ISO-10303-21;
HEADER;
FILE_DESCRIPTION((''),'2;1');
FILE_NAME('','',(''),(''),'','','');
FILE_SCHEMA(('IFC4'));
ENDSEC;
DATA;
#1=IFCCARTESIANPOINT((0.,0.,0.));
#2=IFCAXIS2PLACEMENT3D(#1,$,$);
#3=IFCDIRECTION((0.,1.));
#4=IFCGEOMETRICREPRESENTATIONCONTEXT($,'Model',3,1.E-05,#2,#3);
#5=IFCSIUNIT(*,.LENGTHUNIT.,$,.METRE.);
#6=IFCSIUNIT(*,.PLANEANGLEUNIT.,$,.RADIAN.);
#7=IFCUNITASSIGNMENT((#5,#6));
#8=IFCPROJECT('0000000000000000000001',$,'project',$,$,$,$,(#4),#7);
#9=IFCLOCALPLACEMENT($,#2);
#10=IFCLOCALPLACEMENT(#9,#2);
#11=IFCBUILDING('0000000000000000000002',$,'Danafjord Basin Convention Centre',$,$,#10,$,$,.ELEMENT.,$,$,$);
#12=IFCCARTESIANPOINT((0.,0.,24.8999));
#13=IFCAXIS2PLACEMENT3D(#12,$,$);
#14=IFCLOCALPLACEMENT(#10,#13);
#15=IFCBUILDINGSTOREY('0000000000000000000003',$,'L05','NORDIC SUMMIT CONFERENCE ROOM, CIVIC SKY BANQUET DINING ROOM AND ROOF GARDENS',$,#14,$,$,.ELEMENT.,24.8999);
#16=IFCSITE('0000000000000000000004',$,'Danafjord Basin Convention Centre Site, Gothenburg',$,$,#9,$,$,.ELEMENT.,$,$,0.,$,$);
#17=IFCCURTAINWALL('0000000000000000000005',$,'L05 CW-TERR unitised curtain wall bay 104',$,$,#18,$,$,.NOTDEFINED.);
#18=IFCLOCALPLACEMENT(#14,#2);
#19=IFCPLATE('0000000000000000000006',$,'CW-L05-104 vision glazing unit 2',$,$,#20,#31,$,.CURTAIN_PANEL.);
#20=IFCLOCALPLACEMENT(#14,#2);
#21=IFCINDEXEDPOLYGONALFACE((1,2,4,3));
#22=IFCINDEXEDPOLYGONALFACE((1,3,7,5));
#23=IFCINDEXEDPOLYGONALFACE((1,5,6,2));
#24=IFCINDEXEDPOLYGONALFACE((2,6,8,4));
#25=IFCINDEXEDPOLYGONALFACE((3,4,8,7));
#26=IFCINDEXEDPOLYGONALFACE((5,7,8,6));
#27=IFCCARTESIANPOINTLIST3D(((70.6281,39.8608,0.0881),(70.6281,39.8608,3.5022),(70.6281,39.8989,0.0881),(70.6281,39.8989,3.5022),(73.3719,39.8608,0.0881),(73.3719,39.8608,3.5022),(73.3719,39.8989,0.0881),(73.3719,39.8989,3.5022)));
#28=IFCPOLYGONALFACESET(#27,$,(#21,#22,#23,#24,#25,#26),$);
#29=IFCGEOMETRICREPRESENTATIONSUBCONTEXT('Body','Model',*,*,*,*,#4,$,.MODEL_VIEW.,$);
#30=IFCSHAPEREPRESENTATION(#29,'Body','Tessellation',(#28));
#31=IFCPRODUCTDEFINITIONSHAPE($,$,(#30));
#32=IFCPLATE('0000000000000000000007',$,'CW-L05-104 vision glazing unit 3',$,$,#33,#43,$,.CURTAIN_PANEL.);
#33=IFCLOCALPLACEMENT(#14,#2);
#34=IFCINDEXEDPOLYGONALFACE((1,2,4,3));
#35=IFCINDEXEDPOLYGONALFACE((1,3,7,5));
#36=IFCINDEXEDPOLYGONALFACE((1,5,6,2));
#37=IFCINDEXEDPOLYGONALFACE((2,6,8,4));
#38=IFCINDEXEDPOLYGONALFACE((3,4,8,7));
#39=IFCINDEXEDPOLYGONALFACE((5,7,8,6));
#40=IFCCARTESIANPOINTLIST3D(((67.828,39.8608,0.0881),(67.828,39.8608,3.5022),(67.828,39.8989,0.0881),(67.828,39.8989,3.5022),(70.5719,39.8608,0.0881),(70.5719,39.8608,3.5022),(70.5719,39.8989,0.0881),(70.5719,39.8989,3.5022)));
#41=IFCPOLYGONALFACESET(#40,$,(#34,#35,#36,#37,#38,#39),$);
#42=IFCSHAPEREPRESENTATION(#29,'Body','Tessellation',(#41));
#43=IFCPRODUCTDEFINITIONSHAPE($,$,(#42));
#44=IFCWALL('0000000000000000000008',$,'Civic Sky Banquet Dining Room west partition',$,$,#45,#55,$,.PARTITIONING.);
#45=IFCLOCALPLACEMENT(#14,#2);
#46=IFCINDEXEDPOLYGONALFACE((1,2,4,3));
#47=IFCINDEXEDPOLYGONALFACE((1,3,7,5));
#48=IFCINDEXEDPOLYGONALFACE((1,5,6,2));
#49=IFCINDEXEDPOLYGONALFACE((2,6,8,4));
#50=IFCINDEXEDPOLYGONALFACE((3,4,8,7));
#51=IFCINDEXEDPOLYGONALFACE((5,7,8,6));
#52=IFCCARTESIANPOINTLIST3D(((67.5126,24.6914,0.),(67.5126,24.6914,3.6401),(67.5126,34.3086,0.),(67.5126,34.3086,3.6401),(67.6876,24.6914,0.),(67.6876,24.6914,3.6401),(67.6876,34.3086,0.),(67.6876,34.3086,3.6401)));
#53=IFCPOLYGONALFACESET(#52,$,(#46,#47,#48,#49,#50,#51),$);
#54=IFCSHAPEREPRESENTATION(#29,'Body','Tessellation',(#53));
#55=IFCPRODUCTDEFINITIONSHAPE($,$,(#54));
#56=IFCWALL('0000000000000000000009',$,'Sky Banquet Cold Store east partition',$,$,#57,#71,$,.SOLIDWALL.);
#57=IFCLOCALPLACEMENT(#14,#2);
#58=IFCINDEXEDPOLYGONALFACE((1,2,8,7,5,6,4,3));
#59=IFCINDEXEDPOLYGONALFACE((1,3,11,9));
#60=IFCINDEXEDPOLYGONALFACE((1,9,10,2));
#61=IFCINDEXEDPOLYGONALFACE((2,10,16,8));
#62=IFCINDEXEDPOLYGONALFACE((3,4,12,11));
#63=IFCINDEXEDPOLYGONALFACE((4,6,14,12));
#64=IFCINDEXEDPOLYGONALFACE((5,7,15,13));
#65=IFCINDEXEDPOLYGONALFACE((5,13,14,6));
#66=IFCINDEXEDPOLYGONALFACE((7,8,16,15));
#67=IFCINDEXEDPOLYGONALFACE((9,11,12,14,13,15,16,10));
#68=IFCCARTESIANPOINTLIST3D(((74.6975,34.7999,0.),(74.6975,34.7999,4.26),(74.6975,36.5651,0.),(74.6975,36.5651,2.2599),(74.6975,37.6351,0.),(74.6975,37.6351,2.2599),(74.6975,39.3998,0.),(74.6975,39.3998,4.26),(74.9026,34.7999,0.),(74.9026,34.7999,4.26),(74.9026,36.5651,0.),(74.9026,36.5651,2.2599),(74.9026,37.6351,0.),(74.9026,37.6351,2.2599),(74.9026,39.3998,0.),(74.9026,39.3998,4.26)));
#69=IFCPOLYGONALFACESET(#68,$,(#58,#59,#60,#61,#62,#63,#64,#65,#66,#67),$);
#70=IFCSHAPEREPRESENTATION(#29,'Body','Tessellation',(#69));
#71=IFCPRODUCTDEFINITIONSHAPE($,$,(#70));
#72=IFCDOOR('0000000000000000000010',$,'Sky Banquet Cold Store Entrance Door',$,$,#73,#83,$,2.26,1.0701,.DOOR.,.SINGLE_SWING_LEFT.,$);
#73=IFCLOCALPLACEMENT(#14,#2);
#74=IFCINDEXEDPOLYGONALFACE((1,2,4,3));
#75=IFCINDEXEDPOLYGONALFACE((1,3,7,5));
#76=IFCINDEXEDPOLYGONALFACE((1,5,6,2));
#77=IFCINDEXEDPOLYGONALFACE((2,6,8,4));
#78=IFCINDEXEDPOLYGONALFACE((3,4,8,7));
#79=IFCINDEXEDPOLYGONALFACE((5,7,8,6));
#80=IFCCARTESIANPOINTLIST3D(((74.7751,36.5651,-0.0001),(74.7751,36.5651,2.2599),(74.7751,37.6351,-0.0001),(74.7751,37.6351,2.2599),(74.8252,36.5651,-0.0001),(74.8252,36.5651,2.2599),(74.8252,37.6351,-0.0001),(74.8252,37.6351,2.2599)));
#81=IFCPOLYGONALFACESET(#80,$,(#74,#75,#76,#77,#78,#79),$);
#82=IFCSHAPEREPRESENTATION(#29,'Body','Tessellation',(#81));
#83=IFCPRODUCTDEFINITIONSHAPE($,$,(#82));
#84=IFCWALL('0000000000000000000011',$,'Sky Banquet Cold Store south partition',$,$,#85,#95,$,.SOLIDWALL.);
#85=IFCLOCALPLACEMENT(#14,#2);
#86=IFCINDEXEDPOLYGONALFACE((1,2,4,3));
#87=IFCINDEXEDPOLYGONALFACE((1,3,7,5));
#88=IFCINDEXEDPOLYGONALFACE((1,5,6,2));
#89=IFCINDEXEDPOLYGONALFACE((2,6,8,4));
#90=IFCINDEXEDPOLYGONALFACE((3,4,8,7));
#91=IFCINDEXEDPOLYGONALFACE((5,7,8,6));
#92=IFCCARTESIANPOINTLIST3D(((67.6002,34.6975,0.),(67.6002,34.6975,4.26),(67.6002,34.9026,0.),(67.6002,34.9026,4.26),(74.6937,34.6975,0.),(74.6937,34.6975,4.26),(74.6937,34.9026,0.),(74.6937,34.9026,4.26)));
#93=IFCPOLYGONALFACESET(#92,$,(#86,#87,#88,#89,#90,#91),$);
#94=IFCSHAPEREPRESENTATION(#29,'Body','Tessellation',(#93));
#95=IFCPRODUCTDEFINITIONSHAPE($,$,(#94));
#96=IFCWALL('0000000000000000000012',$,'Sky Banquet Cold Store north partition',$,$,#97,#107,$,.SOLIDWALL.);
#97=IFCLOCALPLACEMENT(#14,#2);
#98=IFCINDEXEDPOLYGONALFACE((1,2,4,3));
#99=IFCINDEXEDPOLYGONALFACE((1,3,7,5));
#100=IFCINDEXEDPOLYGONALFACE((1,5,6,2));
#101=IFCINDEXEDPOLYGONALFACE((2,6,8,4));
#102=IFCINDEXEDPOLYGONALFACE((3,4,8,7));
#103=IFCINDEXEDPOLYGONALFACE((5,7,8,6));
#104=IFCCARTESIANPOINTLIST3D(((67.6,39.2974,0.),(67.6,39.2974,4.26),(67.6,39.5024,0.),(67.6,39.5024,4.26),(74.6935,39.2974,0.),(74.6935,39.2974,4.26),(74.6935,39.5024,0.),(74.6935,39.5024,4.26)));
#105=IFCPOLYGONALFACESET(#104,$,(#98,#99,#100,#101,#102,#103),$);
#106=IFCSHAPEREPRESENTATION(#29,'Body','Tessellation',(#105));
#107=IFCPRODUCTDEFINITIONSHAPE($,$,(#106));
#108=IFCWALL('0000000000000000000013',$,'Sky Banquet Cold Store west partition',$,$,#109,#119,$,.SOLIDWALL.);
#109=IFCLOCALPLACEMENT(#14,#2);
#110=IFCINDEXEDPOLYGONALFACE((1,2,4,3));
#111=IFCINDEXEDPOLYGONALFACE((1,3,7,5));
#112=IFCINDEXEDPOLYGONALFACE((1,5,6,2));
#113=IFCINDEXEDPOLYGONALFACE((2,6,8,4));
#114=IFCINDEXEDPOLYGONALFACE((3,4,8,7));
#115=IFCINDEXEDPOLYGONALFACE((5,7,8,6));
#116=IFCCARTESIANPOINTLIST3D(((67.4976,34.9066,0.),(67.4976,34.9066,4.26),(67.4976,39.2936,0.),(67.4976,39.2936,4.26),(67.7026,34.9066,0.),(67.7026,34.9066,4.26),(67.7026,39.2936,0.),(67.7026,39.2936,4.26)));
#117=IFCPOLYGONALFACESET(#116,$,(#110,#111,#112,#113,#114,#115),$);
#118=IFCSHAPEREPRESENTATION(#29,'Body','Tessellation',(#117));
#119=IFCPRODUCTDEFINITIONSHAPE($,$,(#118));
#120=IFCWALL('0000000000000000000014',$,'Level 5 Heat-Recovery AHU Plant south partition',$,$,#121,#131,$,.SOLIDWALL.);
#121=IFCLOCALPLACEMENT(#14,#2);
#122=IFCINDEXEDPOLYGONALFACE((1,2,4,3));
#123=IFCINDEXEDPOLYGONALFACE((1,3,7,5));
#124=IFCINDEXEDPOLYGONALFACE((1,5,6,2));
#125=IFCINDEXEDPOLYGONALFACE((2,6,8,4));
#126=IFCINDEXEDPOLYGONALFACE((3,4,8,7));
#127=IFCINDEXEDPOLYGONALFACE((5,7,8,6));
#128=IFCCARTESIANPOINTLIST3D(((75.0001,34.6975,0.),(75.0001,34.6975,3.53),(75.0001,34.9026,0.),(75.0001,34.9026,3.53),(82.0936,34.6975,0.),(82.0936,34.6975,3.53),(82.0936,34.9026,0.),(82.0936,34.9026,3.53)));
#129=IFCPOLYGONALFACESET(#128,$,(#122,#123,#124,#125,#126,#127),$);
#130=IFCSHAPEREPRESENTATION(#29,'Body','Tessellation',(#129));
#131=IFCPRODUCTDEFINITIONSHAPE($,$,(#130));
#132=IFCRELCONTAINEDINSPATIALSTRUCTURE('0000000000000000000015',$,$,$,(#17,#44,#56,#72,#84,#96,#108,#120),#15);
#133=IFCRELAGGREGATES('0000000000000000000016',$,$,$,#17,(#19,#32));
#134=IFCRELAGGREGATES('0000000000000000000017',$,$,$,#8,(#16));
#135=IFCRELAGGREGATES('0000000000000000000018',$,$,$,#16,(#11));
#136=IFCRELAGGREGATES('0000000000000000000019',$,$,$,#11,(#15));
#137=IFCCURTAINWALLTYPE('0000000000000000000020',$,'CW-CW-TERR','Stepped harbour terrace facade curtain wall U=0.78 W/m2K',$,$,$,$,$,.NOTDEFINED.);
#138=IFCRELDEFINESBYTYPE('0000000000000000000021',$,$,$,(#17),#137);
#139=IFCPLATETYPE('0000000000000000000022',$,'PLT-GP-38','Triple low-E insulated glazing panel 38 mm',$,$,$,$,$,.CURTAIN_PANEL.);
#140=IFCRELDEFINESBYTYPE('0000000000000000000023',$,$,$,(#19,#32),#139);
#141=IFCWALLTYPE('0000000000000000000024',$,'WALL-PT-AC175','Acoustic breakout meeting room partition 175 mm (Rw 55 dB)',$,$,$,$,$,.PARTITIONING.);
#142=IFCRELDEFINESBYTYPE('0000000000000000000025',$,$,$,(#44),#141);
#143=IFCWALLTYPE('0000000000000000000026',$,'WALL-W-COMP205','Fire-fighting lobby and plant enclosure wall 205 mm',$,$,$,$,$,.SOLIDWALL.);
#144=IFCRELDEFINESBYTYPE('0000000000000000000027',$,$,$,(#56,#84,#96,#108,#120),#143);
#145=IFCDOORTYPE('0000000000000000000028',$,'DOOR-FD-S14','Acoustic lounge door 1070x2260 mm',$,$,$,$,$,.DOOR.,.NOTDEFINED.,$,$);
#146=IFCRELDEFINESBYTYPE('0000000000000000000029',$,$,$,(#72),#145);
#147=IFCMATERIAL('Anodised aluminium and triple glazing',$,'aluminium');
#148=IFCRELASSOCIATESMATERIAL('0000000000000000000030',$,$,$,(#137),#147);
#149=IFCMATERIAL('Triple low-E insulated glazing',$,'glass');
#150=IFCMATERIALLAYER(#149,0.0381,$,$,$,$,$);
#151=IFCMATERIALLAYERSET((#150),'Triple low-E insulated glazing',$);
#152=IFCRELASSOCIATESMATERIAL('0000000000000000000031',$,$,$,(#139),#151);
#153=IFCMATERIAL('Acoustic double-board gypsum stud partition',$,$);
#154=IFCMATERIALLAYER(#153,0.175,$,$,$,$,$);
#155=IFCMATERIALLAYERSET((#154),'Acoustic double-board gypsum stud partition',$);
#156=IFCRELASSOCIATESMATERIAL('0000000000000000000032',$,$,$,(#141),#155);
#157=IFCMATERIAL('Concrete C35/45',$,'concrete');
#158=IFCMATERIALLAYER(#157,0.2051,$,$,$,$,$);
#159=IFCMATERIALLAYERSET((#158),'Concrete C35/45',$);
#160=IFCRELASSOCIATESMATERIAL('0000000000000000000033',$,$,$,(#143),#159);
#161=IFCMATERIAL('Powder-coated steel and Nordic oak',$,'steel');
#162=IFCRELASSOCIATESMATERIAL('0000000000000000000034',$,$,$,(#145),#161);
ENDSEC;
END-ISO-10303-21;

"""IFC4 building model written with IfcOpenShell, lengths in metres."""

from ifc_helpers import new_model, si_unit, direction, frame, frame_2d, origin, origin_2d, place, context, subcontext, project, spatial, rectangle, extrude, material, layer, layer_set, type_object, element, fill, aggregate, save


model = new_model("IFC4")

# Units and contexts
model_context = context("Model", 3, precision=1e-05, world=origin(), true_north=direction((0.0, 1.0)))
body_context = subcontext(model_context, "Body", "Model", "MODEL_VIEW")
ifc_project = project(units=[si_unit("LENGTHUNIT", "METRE"), si_unit("PLANEANGLEUNIT", "RADIAN")], contexts=[model_context])

# Site, building, storey
site_placement = place(None, origin())
site = spatial("IfcSite", under=ifc_project, at=site_placement, Name="Danafjord Basin Convention Centre Site, Gothenburg", CompositionType="ELEMENT", RefElevation=0.0)
building_placement = place(site_placement, origin())
building = spatial("IfcBuilding", under=site, at=building_placement, Name="Danafjord Basin Convention Centre", CompositionType="ELEMENT")
storey_placement = place(building_placement, frame((0.0, 0.0, 24.8999)))
storey = spatial("IfcBuildingStorey", under=building, at=storey_placement, Name="L05", Description="NORDIC SUMMIT CONFERENCE ROOM, CIVIC SKY BANQUET DINING ROOM AND ROOF GARDENS", CompositionType="ELEMENT", Elevation=24.8999)

# Curtain wall, plates
ifc_material_1 = material(Name="Anodised aluminium and triple glazing", Category="aluminium")
curtain_wall_type = type_object("IfcCurtainWallType", Name="CW-CW-TERR", Description="Stepped harbour terrace facade curtain wall U=0.78 W/m2K", PredefinedType="NOTDEFINED", material=ifc_material_1)
curtain_wall_placement = place(storey_placement, origin())
curtain_wall = element("IfcCurtainWall", 1, at=curtain_wall_placement, inside=storey, type_object=curtain_wall_type, Name="L05 CW-TERR unitised curtain wall bay 104", PredefinedType="NOTDEFINED")
ifc_material_2 = material(Name="Triple low-E insulated glazing", Category="glass")
ifc_layer_1 = layer(ifc_material_2, 0.0381)
ifc_layer_set_1 = layer_set([ifc_layer_1], Name="Triple low-E insulated glazing")
plate_type = type_object("IfcPlateType", Name="PLT-GP-38", Description="Triple low-E insulated glazing panel 38 mm", PredefinedType="CURTAIN_PANEL", material=ifc_layer_set_1)
plate_1_placement = place(storey_placement, frame((72.0, 39.8799, 0.0881), z_axis=(0.0, 0.0, 1.0), x_axis=(-1.0, 0.0, 0.0)))
plate_1 = element("IfcPlate", 2, at=plate_1_placement, type_object=plate_type, Name="CW-L05-104 vision glazing unit 2", PredefinedType="CURTAIN_PANEL", context=body_context, shape_type="SweptSolid", body=[
    extrude(rectangle(XDim=2.7439, YDim=0.0381, at=origin_2d()), origin(), (0.0, 0.0, 1.0), 3.4141),
])
plate_2_placement = place(storey_placement, frame((69.2, 39.8799, 0.0881), z_axis=(0.0, 0.0, 1.0), x_axis=(-1.0, 0.0, 0.0)))
plate_2 = element("IfcPlate", 3, at=plate_2_placement, type_object=plate_type, Name="CW-L05-104 vision glazing unit 3", PredefinedType="CURTAIN_PANEL", context=body_context, shape_type="SweptSolid", body=[
    extrude(rectangle(XDim=2.7439, YDim=0.0381, at=origin_2d()), origin(), (0.0, 0.0, 1.0), 3.4141),
])
aggregate(curtain_wall, [plate_1, plate_2])

# Wall
ifc_material_3 = material(Name="Acoustic double-board gypsum stud partition")
ifc_layer_2 = layer(ifc_material_3, 0.175)
ifc_layer_set_2 = layer_set([ifc_layer_2], Name="Acoustic double-board gypsum stud partition")
wall_type_1 = type_object("IfcWallType", Name="WALL-PT-AC175", Description="Acoustic breakout meeting room partition 175 mm (Rw 55 dB)", PredefinedType="PARTITIONING", material=ifc_layer_set_2)
wall_1_placement = place(storey_placement, frame((67.6001, 34.3086, 0.0), z_axis=(0.0, 0.0, 1.0), x_axis=(0.0, -1.0, 0.0)))
element("IfcWall", 4, at=wall_1_placement, inside=storey, type_object=wall_type_1, Name="Civic Sky Banquet Dining Room west partition", PredefinedType="PARTITIONING", context=body_context, shape_type="SweptSolid", body=[
    extrude(rectangle(XDim=9.6172, YDim=0.175, at=frame_2d((4.8086, 0.0))), origin(), (0.0, 0.0, 1.0), 3.6401),
])

# Wall, opening, door
ifc_material_4 = material(Name="Concrete C35/45", Category="concrete")
ifc_layer_3 = layer(ifc_material_4, 0.2051)
ifc_layer_set_3 = layer_set([ifc_layer_3], Name="Concrete C35/45")
wall_type_2 = type_object("IfcWallType", Name="WALL-W-COMP205", Description="Fire-fighting lobby and plant enclosure wall 205 mm", PredefinedType="SOLIDWALL", material=ifc_layer_set_3)
wall_2_placement = place(storey_placement, frame((74.8, 34.8, 0.0), z_axis=(0.0, 0.0, 1.0), x_axis=(0.0, 1.0, 0.0)))
wall_2 = element("IfcWall", 5, at=wall_2_placement, inside=storey, type_object=wall_type_2, Name="Sky Banquet Cold Store east partition", PredefinedType="SOLIDWALL", context=body_context, shape_type="SweptSolid", body=[
    extrude(rectangle(XDim=4.5999, YDim=0.2051, at=frame_2d((2.2998, 0.0))), origin(), (0.0, 0.0, 1.0), 4.26),
])
opening_placement = place(wall_2_placement, frame((1.7649, 0.0, 0.0)))
opening = element("IfcOpeningElement", 6, at=opening_placement, cuts=wall_2, PredefinedType="OPENING", context=body_context, shape_type="SweptSolid", body=[
    extrude(rectangle(XDim=1.0701, YDim=2.26, at=frame_2d((0.5352, 1.1299))), frame((0.0, 0.1125, 0.0), z_axis=(0.0, -1.0, 0.0), x_axis=(1.0, 0.0, 0.0)), (0.0, 0.0, 1.0), 0.2251),
])
ifc_material_5 = material(Name="Powder-coated steel and Nordic oak", Category="steel")
door_type = type_object("IfcDoorType", Name="DOOR-FD-S14", Description="Acoustic lounge door 1070x2260 mm", OperationType="NOTDEFINED", PredefinedType="DOOR", material=ifc_material_5)
door_placement = place(opening_placement, origin())
door = element("IfcDoor", 7, at=door_placement, inside=storey, type_object=door_type, Name="Sky Banquet Cold Store Entrance Door", OperationType="SINGLE_SWING_LEFT", OverallHeight=2.26, OverallWidth=1.0701, PredefinedType="DOOR", context=body_context, shape_type="SweptSolid", body=[
    extrude(rectangle(XDim=1.0701, YDim=2.26, at=frame_2d((0.5352, 1.1299))), frame((0.0, 0.0249, 0.0), z_axis=(0.0, -1.0, 0.0), x_axis=(1.0, 0.0, 0.0)), (0.0, 0.0, 1.0), 0.05),
])
fill(opening, door)

# Walls
for number, where, z_axis, x_axis, name in (
    (8, (67.6001, 34.8, 0.0), (0.0, 0.0, 1.0), (1.0, 0.0, 0.0), "Sky Banquet Cold Store south partition"),
    (9, (74.6936, 39.3999, 0.0), (0.0, 0.0, 1.0), (-1.0, 0.0, 0.0), "Sky Banquet Cold Store north partition"),
):
    element("IfcWall", number, at=place(storey_placement, frame(where, z_axis=z_axis, x_axis=x_axis)), inside=storey, type_object=wall_type_2, Name=name, PredefinedType="SOLIDWALL", context=body_context, shape_type="SweptSolid", body=[
        extrude(rectangle(XDim=7.0935, YDim=0.2051, at=frame_2d((3.5469, 0.0))), origin(), (0.0, 0.0, 1.0), 4.26),
    ])
wall_3_placement = place(storey_placement, frame((67.6001, 39.2935, 0.0), z_axis=(0.0, 0.0, 1.0), x_axis=(0.0, -1.0, 0.0)))
element("IfcWall", 10, at=wall_3_placement, inside=storey, type_object=wall_type_2, Name="Sky Banquet Cold Store west partition", PredefinedType="SOLIDWALL", context=body_context, shape_type="SweptSolid", body=[
    extrude(rectangle(XDim=4.387, YDim=0.2051, at=frame_2d((2.1934, 0.0))), origin(), (0.0, 0.0, 1.0), 4.26),
])
wall_4_placement = place(storey_placement, frame((75.0, 34.8, 0.0), z_axis=(0.0, 0.0, 1.0), x_axis=(1.0, 0.0, 0.0)))
element("IfcWall", 11, at=wall_4_placement, inside=storey, type_object=wall_type_2, Name="Level 5 Heat-Recovery AHU Plant south partition", PredefinedType="SOLIDWALL", context=body_context, shape_type="SweptSolid", body=[
    extrude(rectangle(XDim=7.0935, YDim=0.2051, at=frame_2d((3.5469, 0.0))), origin(), (0.0, 0.0, 1.0), 3.53),
])

save(model, "model.ifc")
